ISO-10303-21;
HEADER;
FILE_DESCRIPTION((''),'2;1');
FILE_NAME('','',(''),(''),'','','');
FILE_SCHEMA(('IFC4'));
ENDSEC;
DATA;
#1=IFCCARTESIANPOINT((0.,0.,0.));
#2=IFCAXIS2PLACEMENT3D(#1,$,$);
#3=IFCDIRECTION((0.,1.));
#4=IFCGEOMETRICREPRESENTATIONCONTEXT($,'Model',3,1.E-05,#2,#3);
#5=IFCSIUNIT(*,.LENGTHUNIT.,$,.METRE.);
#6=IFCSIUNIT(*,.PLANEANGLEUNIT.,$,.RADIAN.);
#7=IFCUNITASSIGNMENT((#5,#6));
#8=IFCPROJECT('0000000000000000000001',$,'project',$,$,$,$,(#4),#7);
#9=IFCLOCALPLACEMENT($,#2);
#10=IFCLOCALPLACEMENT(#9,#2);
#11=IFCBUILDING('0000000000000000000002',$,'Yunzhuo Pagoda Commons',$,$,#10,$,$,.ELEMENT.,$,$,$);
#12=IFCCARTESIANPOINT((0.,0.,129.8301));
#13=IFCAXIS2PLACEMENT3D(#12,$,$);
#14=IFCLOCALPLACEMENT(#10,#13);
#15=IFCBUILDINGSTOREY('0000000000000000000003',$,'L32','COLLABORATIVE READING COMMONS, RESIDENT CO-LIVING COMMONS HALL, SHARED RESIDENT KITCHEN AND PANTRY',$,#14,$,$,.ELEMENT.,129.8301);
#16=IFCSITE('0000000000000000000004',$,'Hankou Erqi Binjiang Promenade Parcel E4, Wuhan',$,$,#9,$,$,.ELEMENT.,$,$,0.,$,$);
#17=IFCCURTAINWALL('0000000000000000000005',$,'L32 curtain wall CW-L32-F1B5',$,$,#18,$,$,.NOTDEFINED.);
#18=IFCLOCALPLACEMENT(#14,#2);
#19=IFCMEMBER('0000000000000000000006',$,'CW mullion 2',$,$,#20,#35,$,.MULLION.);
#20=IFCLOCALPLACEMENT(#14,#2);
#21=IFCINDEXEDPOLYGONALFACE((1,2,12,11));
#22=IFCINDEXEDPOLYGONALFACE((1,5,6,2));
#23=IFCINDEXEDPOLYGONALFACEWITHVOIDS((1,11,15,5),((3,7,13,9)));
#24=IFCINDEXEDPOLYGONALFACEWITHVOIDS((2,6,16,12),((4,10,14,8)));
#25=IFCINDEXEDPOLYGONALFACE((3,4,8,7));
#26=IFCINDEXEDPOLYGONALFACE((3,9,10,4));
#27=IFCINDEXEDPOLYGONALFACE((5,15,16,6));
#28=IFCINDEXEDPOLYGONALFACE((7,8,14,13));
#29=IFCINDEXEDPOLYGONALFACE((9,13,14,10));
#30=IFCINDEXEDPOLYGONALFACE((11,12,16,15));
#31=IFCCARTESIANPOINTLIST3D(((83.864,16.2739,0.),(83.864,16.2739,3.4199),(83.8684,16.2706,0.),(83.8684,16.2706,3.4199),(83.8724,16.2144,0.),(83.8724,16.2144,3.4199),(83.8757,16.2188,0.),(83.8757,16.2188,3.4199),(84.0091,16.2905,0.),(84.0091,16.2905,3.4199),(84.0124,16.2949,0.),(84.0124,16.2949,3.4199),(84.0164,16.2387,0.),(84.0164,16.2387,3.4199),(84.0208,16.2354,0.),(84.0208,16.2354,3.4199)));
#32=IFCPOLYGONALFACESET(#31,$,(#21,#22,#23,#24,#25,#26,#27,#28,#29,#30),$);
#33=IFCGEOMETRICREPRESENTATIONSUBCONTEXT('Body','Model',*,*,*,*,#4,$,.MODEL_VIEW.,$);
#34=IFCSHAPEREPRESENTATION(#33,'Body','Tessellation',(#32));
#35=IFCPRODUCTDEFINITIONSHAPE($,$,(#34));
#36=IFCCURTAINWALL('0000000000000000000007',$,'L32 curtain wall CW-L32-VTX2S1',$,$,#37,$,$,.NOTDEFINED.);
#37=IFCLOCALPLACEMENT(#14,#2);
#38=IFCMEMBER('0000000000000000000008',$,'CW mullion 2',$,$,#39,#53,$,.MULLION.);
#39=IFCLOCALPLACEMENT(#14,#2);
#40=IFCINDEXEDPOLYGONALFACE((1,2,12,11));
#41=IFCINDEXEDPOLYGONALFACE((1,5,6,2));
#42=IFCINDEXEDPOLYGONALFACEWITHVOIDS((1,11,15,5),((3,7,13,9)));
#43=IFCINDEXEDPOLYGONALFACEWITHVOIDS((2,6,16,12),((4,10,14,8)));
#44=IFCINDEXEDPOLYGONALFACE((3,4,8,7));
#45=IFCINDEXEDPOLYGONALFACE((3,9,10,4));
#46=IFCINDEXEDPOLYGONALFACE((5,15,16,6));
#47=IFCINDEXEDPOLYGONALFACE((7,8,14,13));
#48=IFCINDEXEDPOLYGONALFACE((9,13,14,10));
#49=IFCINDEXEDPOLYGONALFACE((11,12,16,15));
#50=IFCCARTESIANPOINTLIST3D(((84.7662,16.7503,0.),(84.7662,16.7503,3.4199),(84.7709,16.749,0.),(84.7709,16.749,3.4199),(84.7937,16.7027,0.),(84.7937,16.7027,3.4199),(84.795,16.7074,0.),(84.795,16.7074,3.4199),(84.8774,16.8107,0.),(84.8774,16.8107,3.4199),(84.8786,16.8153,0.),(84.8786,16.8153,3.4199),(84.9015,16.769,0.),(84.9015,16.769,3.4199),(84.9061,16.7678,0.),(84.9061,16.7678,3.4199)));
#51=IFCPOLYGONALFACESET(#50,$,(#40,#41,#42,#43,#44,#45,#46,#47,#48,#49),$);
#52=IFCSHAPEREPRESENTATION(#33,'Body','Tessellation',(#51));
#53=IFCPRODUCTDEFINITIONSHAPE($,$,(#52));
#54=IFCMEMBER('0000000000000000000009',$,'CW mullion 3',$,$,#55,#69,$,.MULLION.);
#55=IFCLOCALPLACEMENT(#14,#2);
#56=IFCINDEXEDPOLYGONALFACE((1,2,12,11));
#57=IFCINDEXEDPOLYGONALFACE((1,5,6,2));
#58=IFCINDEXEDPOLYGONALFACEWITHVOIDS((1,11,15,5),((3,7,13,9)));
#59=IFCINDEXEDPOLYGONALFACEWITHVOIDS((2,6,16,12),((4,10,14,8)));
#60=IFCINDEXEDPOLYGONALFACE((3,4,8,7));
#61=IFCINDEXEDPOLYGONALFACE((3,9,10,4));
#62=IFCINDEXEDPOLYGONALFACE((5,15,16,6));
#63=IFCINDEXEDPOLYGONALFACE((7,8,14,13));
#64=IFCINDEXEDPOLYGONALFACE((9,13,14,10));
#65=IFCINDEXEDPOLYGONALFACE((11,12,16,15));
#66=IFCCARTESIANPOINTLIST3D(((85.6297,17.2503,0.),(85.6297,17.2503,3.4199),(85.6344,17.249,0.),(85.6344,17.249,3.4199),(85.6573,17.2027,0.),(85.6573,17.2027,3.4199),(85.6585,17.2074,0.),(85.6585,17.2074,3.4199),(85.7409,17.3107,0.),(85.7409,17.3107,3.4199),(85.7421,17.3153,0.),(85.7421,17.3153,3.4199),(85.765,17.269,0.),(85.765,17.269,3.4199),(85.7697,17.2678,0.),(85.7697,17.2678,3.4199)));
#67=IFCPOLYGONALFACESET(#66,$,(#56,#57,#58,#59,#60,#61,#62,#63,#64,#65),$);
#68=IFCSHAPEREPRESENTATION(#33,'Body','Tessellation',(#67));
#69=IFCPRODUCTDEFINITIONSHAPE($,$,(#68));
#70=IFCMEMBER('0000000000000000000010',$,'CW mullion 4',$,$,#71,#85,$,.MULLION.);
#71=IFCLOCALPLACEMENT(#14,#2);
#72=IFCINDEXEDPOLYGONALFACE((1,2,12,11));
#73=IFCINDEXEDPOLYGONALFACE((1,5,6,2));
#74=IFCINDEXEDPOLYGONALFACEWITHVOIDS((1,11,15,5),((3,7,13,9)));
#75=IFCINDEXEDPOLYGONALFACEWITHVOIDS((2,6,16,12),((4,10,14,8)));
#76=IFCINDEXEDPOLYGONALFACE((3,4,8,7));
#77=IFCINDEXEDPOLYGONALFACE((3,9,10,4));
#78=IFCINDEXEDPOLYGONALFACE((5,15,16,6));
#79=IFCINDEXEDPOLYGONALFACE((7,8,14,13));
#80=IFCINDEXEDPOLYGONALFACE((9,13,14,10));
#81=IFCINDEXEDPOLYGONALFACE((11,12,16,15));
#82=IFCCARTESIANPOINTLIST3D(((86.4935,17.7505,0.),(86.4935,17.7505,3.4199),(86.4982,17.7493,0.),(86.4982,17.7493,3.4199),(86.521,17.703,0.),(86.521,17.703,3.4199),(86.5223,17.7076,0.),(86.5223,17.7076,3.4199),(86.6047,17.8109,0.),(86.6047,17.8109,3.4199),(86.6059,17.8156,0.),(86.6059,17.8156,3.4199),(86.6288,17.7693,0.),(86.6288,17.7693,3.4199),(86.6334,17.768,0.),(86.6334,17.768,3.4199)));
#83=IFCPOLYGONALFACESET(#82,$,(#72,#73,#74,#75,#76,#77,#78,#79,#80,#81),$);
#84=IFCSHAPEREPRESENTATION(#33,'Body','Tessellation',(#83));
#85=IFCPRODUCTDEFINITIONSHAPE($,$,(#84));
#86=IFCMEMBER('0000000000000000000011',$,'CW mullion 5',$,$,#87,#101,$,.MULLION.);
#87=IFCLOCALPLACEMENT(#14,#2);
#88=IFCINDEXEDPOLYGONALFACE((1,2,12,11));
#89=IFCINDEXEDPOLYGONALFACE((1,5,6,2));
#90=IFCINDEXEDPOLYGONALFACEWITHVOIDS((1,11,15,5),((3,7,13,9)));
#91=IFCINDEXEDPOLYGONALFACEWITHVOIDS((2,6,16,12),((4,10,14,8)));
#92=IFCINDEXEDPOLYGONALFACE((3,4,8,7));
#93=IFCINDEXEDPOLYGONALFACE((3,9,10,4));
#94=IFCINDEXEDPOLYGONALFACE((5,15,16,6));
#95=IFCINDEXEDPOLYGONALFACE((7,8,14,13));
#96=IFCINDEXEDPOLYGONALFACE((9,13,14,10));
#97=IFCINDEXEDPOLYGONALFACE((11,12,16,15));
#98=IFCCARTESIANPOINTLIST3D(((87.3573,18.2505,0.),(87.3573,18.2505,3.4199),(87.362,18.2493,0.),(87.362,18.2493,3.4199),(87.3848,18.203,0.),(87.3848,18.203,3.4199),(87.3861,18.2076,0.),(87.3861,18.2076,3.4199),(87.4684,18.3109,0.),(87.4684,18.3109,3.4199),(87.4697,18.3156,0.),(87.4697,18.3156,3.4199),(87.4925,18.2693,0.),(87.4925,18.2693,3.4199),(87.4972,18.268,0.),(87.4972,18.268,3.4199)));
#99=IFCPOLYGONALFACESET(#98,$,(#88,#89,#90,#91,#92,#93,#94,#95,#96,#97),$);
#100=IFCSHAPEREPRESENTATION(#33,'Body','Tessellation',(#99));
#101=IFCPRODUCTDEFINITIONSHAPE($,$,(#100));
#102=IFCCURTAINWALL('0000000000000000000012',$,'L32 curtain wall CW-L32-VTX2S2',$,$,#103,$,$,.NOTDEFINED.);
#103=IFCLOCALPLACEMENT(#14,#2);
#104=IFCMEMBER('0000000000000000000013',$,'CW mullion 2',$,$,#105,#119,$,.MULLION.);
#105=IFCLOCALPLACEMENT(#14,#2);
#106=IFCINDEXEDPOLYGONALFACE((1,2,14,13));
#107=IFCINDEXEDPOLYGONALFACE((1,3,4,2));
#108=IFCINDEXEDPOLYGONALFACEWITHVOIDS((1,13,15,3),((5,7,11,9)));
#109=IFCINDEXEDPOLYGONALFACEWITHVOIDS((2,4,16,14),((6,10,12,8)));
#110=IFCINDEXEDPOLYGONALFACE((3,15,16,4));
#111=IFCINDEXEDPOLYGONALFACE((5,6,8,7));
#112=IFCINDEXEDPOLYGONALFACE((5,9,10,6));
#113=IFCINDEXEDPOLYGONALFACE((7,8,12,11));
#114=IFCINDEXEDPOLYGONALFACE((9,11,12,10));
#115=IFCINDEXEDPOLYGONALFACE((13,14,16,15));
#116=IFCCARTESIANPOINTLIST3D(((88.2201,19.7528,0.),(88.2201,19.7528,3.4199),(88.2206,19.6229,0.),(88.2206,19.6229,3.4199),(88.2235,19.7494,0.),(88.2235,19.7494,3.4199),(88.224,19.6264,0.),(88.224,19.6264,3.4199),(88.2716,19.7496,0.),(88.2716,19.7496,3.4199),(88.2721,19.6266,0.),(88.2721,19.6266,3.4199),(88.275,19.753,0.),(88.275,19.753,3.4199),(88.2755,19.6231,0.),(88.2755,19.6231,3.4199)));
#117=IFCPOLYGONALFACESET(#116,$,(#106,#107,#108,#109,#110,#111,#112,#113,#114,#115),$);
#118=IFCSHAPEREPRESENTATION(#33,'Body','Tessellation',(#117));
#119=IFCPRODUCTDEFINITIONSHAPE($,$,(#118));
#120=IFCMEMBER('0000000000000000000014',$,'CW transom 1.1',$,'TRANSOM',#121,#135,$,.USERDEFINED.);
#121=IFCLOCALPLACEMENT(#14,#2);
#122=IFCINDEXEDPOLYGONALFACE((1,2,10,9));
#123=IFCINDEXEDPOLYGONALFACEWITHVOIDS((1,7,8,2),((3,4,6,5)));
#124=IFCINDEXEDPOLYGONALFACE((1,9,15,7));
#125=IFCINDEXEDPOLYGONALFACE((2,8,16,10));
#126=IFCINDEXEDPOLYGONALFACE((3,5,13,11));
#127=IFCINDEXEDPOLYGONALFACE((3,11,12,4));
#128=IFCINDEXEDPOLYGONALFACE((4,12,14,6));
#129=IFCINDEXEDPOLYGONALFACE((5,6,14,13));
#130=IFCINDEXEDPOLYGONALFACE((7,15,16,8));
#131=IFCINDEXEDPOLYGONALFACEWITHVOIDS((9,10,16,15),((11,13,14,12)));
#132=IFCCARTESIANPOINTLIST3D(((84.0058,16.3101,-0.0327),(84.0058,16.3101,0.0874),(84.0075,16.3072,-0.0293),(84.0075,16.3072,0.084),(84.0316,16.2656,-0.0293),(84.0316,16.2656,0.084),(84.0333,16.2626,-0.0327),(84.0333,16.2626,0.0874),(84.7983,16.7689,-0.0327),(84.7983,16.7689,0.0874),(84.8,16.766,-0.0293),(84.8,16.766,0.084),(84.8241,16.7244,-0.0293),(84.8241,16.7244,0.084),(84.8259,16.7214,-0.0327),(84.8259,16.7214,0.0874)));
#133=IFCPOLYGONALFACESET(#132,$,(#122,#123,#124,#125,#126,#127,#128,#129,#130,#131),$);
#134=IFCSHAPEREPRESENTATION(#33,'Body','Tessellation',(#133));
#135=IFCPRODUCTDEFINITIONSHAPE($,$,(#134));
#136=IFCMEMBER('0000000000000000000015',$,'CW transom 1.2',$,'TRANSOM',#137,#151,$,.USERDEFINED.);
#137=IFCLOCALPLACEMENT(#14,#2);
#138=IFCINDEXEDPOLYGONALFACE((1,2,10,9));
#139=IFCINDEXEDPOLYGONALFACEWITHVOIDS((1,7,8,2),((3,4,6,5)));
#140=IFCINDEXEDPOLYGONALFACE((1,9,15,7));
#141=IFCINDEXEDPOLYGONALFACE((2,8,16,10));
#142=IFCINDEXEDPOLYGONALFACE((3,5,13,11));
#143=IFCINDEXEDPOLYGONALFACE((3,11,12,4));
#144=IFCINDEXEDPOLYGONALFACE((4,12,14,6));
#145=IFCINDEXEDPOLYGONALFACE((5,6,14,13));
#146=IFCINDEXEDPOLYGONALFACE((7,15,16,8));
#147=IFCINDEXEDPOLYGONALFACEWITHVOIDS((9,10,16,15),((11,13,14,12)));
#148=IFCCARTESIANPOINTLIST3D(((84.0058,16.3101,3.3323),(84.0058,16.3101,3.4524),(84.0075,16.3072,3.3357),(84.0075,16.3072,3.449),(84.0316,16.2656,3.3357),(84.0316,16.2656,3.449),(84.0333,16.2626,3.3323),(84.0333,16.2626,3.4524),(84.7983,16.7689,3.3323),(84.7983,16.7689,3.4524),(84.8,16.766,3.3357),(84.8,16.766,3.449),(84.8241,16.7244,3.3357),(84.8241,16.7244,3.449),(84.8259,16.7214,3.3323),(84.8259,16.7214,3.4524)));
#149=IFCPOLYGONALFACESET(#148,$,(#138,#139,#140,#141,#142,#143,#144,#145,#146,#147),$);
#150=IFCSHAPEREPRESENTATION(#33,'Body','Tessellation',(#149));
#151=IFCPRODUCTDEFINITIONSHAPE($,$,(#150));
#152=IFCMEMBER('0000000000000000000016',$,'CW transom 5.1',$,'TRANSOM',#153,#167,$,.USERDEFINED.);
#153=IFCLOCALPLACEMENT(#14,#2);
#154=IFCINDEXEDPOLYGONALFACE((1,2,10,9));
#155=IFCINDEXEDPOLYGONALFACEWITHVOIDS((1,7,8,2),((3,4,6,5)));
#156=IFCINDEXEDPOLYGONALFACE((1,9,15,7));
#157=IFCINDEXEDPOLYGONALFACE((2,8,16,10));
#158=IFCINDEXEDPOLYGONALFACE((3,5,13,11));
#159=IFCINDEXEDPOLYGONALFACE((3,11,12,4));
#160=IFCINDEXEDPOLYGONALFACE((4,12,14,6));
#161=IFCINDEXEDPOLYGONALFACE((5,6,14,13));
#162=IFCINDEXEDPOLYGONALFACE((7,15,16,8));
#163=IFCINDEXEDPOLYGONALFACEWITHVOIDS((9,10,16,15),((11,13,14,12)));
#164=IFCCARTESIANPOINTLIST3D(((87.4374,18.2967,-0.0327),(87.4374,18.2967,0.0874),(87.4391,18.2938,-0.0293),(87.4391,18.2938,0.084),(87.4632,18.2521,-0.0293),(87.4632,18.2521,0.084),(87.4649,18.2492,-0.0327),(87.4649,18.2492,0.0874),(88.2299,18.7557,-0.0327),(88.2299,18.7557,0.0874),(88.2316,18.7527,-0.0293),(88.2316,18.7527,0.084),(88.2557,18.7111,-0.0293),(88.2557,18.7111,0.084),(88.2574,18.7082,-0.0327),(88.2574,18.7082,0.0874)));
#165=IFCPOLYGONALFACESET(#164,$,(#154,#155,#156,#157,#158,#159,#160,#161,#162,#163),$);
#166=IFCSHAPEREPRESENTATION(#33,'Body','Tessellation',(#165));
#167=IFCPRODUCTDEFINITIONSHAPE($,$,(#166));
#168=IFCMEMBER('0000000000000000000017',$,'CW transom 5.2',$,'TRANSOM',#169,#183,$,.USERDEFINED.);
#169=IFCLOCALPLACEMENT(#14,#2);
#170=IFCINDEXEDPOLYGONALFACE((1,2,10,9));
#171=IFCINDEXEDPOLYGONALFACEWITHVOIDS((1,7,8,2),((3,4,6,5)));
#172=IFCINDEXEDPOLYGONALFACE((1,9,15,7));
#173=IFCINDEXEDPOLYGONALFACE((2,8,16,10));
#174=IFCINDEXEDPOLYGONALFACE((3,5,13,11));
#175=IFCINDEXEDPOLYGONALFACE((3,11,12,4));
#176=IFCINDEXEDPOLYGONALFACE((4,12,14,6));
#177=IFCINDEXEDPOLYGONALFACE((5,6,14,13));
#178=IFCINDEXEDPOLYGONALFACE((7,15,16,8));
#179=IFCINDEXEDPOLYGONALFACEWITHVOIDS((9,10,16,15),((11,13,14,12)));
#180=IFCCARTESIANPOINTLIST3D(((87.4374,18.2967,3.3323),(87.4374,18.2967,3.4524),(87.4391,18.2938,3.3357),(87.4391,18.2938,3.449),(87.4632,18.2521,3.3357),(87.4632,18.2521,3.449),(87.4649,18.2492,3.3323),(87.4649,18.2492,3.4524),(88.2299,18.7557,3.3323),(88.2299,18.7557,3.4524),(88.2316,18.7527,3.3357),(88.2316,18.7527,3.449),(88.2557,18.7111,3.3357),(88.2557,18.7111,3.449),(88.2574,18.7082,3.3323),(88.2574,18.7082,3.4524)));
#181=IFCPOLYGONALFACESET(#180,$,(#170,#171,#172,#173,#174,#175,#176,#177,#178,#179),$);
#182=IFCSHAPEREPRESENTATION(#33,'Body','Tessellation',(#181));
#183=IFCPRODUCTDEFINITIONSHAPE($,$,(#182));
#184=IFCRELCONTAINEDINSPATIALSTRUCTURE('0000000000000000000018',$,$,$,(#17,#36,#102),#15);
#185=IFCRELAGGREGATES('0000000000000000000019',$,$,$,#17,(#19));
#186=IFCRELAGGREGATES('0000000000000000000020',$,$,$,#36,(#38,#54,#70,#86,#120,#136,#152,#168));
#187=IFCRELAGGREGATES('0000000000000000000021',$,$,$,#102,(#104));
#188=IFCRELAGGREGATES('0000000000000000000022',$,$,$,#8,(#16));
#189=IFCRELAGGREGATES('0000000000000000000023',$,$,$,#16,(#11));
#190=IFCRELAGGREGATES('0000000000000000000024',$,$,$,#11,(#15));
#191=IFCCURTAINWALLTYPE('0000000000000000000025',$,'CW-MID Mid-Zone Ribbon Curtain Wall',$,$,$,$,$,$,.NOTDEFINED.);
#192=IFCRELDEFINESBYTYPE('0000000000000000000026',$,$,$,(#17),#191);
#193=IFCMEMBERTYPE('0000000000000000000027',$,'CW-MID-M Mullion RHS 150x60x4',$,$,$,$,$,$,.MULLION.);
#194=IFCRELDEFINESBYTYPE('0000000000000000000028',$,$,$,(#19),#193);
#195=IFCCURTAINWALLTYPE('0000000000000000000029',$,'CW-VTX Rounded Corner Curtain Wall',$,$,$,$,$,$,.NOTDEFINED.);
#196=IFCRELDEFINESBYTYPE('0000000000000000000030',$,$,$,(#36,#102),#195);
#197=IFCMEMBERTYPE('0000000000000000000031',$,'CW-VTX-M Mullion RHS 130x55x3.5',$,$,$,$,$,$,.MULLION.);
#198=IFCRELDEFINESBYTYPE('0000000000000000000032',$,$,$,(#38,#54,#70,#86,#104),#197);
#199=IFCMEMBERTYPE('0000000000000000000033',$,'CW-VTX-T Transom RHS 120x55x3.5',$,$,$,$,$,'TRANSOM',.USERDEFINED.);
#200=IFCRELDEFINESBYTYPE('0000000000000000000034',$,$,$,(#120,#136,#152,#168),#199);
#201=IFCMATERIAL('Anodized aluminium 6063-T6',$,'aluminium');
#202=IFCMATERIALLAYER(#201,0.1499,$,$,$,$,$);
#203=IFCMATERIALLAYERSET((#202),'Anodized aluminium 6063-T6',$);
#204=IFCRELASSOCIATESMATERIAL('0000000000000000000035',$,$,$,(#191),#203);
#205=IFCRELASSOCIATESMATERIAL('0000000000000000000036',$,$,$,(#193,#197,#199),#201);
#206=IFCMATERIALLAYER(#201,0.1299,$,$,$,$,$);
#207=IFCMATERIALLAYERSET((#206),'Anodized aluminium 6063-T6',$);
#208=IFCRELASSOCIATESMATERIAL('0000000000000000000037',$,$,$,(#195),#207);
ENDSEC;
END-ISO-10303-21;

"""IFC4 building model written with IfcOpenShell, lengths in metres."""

from ifc_helpers import new_model, si_unit, direction, frame, origin, origin_2d, place, context, subcontext, project, spatial, hollow_rectangle, extrude, source, transform, mapped, material, layer, layer_set, material_profile, profile_set, type_object, element, aggregate, save


model = new_model("IFC4")

# Units and contexts
model_context = context("Model", 3, precision=1e-05, world=origin(), true_north=direction((0.0, 1.0)))
body_context = subcontext(model_context, "Body", "Model", "MODEL_VIEW")
ifc_project = project(units=[si_unit("LENGTHUNIT", "METRE"), si_unit("PLANEANGLEUNIT", "RADIAN")], contexts=[model_context])

# Site, building, storey
site_placement = place(None, origin())
site = spatial("IfcSite", under=ifc_project, at=site_placement, Name="Hankou Erqi Binjiang Promenade Parcel E4, Wuhan", CompositionType="ELEMENT", RefElevation=0.0)
building_placement = place(site_placement, origin())
building = spatial("IfcBuilding", under=site, at=building_placement, Name="Yunzhuo Pagoda Commons", CompositionType="ELEMENT")
storey_placement = place(building_placement, frame((0.0, 0.0, 129.8301)))
storey = spatial("IfcBuildingStorey", under=building, at=storey_placement, Name="L32", Description="COLLABORATIVE READING COMMONS, RESIDENT CO-LIVING COMMONS HALL, SHARED RESIDENT KITCHEN AND PANTRY", CompositionType="ELEMENT", Elevation=129.8301)

# Curtain wall, member
ifc_material_1 = material(Name="Anodized aluminium 6063-T6", Category="aluminium")
ifc_layer_1 = layer(ifc_material_1, 0.1499)
ifc_layer_set_1 = layer_set([ifc_layer_1], Name="Anodized aluminium 6063-T6")
curtain_wall_type_1 = type_object("IfcCurtainWallType", Name="CW-MID Mid-Zone Ribbon Curtain Wall", PredefinedType="NOTDEFINED", material=ifc_layer_set_1)
curtain_wall_1_placement = place(storey_placement, origin())
curtain_wall_1 = element("IfcCurtainWall", 1, at=curtain_wall_1_placement, inside=storey, type_object=curtain_wall_type_1, Name="L32 curtain wall CW-L32-F1B5", PredefinedType="NOTDEFINED")
ifc_material_profile_1 = material_profile(ifc_material_1, hollow_rectangle(XDim=0.0601, YDim=0.1499, WallThickness=0.0039, at=origin_2d()), Name="Anodized aluminium 6063-T6")
ifc_profile_set_1 = profile_set([ifc_material_profile_1], Name="Anodized aluminium 6063-T6")
member_type_1 = type_object("IfcMemberType", Name="CW-MID-M Mullion RHS 150x60x4", PredefinedType="MULLION", material=ifc_profile_set_1)
shared_shape_1 = source(origin(), body_context, "Body", "SweptSolid", [
    extrude(hollow_rectangle(XDim=0.0601, YDim=0.1499, WallThickness=0.0039, at=origin_2d()), origin(), (0.0, 0.0, 1.0), 3.4199),
])
member_1_placement = place(storey_placement, frame((83.9424, 16.2546, 0.0), z_axis=(0.0, 0.0, 1.0), x_axis=(-0.140027, 0.990148, 0.0)))
member_1 = element("IfcMember", 2, at=member_1_placement, type_object=member_type_1, Name="CW mullion 2", PredefinedType="MULLION", context=body_context, shape_type="MappedRepresentation", body=[
    mapped(shared_shape_1, transform((0.0, 0.0, 0.0), scale=1.0)),
])
aggregate(curtain_wall_1, [member_1])

# Curtain wall, members
ifc_layer_2 = layer(ifc_material_1, 0.1299)
ifc_layer_set_2 = layer_set([ifc_layer_2], Name="Anodized aluminium 6063-T6")
curtain_wall_type_2 = type_object("IfcCurtainWallType", Name="CW-VTX Rounded Corner Curtain Wall", PredefinedType="NOTDEFINED", material=ifc_layer_set_2)
curtain_wall_2_placement = place(storey_placement, origin())
curtain_wall_2 = element("IfcCurtainWall", 3, at=curtain_wall_2_placement, inside=storey, type_object=curtain_wall_type_2, Name="L32 curtain wall CW-L32-VTX2S1", PredefinedType="NOTDEFINED")
ifc_material_profile_2 = material_profile(ifc_material_1, hollow_rectangle(XDim=0.0549, YDim=0.1299, WallThickness=0.0034, at=origin_2d()), Name="Anodized aluminium 6063-T6")
ifc_profile_set_2 = profile_set([ifc_material_profile_2], Name="Anodized aluminium 6063-T6")
member_type_2 = type_object("IfcMemberType", Name="CW-VTX-M Mullion RHS 130x55x3.5", PredefinedType="MULLION", material=ifc_profile_set_2)
shared_shape_2 = source(origin(), body_context, "Body", "SweptSolid", [
    extrude(hollow_rectangle(XDim=0.0549, YDim=0.1299, WallThickness=0.0034, at=origin_2d()), origin(), (0.0, 0.0, 1.0), 3.4199),
])
member_2_placement = place(storey_placement, frame((84.8362, 16.759, 0.0), z_axis=(0.0, 0.0, 1.0), x_axis=(-0.501038, 0.865425, 0.0)))
member_2 = element("IfcMember", 4, at=member_2_placement, type_object=member_type_2, Name="CW mullion 2", PredefinedType="MULLION", context=body_context, shape_type="MappedRepresentation", body=[
    mapped(shared_shape_2, transform((0.0, 0.0, 0.0), scale=1.0)),
])
member_3_placement = place(storey_placement, frame((85.6997, 17.259, 0.0), z_axis=(0.0, 0.0, 1.0), x_axis=(-0.501038, 0.865425, 0.0)))
member_3 = element("IfcMember", 5, at=member_3_placement, type_object=member_type_2, Name="CW mullion 3", PredefinedType="MULLION", context=body_context, shape_type="MappedRepresentation", body=[
    mapped(shared_shape_2, transform((0.0, 0.0, 0.0), scale=1.0)),
])
member_4_placement = place(storey_placement, frame((86.5635, 17.7593, 0.0), z_axis=(0.0, 0.0, 1.0), x_axis=(-0.501038, 0.865425, 0.0)))
member_4 = element("IfcMember", 6, at=member_4_placement, type_object=member_type_2, Name="CW mullion 4", PredefinedType="MULLION", context=body_context, shape_type="MappedRepresentation", body=[
    mapped(shared_shape_2, transform((0.0, 0.0, 0.0), scale=1.0)),
])
member_5_placement = place(storey_placement, frame((87.4272, 18.2593, 0.0), z_axis=(0.0, 0.0, 1.0), x_axis=(-0.501038, 0.865425, 0.0)))
member_5 = element("IfcMember", 7, at=member_5_placement, type_object=member_type_2, Name="CW mullion 5", PredefinedType="MULLION", context=body_context, shape_type="MappedRepresentation", body=[
    mapped(shared_shape_2, transform((0.0, 0.0, 0.0), scale=1.0)),
])

# Curtain wall, member
curtain_wall_3_placement = place(storey_placement, origin())
curtain_wall_3 = element("IfcCurtainWall", 8, at=curtain_wall_3_placement, inside=storey, type_object=curtain_wall_type_2, Name="L32 curtain wall CW-L32-VTX2S2", PredefinedType="NOTDEFINED")
member_6_placement = place(storey_placement, frame((88.2478, 19.688, 0.0), z_axis=(0.0, 0.0, 1.0), x_axis=(-0.999994, -0.003587, 0.0)))
member_6 = element("IfcMember", 9, at=member_6_placement, type_object=member_type_2, Name="CW mullion 2", PredefinedType="MULLION", context=body_context, shape_type="MappedRepresentation", body=[
    mapped(shared_shape_2, transform((0.0, 0.0, 0.0), scale=1.0)),
])

# Members
ifc_material_profile_3 = material_profile(ifc_material_1, hollow_rectangle(XDim=0.0549, YDim=0.1201, WallThickness=0.0034, at=origin_2d()), Name="Anodized aluminium 6063-T6")
ifc_profile_set_3 = profile_set([ifc_material_profile_3], Name="Anodized aluminium 6063-T6")
member_type_3 = type_object("IfcMemberType", Name="CW-VTX-T Transom RHS 120x55x3.5", ElementType="TRANSOM", PredefinedType="USERDEFINED", material=ifc_profile_set_3)
shared_shape_3 = source(origin(), body_context, "Body", "SweptSolid", [
    extrude(hollow_rectangle(XDim=0.0549, YDim=0.1201, WallThickness=0.0034, at=origin_2d()), origin(), (0.0, 0.0, 1.0), 0.9158),
])
member_7_placement = place(storey_placement, frame((84.0195, 16.2864, 0.0273), z_axis=(0.865457, 0.500984, 0.0), x_axis=(-0.500984, 0.865457, 0.0)))
member_7 = element("IfcMember", 10, at=member_7_placement, type_object=member_type_3, Name="CW transom 1.1", ObjectType="TRANSOM", PredefinedType="USERDEFINED", context=body_context, shape_type="MappedRepresentation", body=[
    mapped(shared_shape_3, transform((0.0, 0.0, 0.0), scale=1.0)),
])
member_8_placement = place(storey_placement, frame((84.0195, 16.2864, 3.3923), z_axis=(0.865457, 0.500984, 0.0), x_axis=(-0.500984, 0.865457, 0.0)))
member_8 = element("IfcMember", 11, at=member_8_placement, type_object=member_type_3, Name="CW transom 1.2", ObjectType="TRANSOM", PredefinedType="USERDEFINED", context=body_context, shape_type="MappedRepresentation", body=[
    mapped(shared_shape_3, transform((0.0, 0.0, 0.0), scale=1.0)),
])
member_9_placement = place(storey_placement, frame((87.4512, 18.2729, 0.0273), z_axis=(0.865341, 0.501183, 0.0), x_axis=(-0.501183, 0.865341, 0.0)))
member_9 = element("IfcMember", 12, at=member_9_placement, type_object=member_type_3, Name="CW transom 5.1", ObjectType="TRANSOM", PredefinedType="USERDEFINED", context=body_context, shape_type="MappedRepresentation", body=[
    mapped(shared_shape_3, transform((0.0, 0.0, 0.0), scale=1.0)),
])
member_10_placement = place(storey_placement, frame((87.4512, 18.2729, 3.3923), z_axis=(0.865341, 0.501183, 0.0), x_axis=(-0.501183, 0.865341, 0.0)))
member_10 = element("IfcMember", 13, at=member_10_placement, type_object=member_type_3, Name="CW transom 5.2", ObjectType="TRANSOM", PredefinedType="USERDEFINED", context=body_context, shape_type="MappedRepresentation", body=[
    mapped(shared_shape_3, transform((0.0, 0.0, 0.0), scale=1.0)),
])

aggregate(curtain_wall_2, [member_2, member_3, member_4, member_5, member_7, member_8, member_9, member_10])
aggregate(curtain_wall_3, [member_6])

save(model, "model.ifc")
